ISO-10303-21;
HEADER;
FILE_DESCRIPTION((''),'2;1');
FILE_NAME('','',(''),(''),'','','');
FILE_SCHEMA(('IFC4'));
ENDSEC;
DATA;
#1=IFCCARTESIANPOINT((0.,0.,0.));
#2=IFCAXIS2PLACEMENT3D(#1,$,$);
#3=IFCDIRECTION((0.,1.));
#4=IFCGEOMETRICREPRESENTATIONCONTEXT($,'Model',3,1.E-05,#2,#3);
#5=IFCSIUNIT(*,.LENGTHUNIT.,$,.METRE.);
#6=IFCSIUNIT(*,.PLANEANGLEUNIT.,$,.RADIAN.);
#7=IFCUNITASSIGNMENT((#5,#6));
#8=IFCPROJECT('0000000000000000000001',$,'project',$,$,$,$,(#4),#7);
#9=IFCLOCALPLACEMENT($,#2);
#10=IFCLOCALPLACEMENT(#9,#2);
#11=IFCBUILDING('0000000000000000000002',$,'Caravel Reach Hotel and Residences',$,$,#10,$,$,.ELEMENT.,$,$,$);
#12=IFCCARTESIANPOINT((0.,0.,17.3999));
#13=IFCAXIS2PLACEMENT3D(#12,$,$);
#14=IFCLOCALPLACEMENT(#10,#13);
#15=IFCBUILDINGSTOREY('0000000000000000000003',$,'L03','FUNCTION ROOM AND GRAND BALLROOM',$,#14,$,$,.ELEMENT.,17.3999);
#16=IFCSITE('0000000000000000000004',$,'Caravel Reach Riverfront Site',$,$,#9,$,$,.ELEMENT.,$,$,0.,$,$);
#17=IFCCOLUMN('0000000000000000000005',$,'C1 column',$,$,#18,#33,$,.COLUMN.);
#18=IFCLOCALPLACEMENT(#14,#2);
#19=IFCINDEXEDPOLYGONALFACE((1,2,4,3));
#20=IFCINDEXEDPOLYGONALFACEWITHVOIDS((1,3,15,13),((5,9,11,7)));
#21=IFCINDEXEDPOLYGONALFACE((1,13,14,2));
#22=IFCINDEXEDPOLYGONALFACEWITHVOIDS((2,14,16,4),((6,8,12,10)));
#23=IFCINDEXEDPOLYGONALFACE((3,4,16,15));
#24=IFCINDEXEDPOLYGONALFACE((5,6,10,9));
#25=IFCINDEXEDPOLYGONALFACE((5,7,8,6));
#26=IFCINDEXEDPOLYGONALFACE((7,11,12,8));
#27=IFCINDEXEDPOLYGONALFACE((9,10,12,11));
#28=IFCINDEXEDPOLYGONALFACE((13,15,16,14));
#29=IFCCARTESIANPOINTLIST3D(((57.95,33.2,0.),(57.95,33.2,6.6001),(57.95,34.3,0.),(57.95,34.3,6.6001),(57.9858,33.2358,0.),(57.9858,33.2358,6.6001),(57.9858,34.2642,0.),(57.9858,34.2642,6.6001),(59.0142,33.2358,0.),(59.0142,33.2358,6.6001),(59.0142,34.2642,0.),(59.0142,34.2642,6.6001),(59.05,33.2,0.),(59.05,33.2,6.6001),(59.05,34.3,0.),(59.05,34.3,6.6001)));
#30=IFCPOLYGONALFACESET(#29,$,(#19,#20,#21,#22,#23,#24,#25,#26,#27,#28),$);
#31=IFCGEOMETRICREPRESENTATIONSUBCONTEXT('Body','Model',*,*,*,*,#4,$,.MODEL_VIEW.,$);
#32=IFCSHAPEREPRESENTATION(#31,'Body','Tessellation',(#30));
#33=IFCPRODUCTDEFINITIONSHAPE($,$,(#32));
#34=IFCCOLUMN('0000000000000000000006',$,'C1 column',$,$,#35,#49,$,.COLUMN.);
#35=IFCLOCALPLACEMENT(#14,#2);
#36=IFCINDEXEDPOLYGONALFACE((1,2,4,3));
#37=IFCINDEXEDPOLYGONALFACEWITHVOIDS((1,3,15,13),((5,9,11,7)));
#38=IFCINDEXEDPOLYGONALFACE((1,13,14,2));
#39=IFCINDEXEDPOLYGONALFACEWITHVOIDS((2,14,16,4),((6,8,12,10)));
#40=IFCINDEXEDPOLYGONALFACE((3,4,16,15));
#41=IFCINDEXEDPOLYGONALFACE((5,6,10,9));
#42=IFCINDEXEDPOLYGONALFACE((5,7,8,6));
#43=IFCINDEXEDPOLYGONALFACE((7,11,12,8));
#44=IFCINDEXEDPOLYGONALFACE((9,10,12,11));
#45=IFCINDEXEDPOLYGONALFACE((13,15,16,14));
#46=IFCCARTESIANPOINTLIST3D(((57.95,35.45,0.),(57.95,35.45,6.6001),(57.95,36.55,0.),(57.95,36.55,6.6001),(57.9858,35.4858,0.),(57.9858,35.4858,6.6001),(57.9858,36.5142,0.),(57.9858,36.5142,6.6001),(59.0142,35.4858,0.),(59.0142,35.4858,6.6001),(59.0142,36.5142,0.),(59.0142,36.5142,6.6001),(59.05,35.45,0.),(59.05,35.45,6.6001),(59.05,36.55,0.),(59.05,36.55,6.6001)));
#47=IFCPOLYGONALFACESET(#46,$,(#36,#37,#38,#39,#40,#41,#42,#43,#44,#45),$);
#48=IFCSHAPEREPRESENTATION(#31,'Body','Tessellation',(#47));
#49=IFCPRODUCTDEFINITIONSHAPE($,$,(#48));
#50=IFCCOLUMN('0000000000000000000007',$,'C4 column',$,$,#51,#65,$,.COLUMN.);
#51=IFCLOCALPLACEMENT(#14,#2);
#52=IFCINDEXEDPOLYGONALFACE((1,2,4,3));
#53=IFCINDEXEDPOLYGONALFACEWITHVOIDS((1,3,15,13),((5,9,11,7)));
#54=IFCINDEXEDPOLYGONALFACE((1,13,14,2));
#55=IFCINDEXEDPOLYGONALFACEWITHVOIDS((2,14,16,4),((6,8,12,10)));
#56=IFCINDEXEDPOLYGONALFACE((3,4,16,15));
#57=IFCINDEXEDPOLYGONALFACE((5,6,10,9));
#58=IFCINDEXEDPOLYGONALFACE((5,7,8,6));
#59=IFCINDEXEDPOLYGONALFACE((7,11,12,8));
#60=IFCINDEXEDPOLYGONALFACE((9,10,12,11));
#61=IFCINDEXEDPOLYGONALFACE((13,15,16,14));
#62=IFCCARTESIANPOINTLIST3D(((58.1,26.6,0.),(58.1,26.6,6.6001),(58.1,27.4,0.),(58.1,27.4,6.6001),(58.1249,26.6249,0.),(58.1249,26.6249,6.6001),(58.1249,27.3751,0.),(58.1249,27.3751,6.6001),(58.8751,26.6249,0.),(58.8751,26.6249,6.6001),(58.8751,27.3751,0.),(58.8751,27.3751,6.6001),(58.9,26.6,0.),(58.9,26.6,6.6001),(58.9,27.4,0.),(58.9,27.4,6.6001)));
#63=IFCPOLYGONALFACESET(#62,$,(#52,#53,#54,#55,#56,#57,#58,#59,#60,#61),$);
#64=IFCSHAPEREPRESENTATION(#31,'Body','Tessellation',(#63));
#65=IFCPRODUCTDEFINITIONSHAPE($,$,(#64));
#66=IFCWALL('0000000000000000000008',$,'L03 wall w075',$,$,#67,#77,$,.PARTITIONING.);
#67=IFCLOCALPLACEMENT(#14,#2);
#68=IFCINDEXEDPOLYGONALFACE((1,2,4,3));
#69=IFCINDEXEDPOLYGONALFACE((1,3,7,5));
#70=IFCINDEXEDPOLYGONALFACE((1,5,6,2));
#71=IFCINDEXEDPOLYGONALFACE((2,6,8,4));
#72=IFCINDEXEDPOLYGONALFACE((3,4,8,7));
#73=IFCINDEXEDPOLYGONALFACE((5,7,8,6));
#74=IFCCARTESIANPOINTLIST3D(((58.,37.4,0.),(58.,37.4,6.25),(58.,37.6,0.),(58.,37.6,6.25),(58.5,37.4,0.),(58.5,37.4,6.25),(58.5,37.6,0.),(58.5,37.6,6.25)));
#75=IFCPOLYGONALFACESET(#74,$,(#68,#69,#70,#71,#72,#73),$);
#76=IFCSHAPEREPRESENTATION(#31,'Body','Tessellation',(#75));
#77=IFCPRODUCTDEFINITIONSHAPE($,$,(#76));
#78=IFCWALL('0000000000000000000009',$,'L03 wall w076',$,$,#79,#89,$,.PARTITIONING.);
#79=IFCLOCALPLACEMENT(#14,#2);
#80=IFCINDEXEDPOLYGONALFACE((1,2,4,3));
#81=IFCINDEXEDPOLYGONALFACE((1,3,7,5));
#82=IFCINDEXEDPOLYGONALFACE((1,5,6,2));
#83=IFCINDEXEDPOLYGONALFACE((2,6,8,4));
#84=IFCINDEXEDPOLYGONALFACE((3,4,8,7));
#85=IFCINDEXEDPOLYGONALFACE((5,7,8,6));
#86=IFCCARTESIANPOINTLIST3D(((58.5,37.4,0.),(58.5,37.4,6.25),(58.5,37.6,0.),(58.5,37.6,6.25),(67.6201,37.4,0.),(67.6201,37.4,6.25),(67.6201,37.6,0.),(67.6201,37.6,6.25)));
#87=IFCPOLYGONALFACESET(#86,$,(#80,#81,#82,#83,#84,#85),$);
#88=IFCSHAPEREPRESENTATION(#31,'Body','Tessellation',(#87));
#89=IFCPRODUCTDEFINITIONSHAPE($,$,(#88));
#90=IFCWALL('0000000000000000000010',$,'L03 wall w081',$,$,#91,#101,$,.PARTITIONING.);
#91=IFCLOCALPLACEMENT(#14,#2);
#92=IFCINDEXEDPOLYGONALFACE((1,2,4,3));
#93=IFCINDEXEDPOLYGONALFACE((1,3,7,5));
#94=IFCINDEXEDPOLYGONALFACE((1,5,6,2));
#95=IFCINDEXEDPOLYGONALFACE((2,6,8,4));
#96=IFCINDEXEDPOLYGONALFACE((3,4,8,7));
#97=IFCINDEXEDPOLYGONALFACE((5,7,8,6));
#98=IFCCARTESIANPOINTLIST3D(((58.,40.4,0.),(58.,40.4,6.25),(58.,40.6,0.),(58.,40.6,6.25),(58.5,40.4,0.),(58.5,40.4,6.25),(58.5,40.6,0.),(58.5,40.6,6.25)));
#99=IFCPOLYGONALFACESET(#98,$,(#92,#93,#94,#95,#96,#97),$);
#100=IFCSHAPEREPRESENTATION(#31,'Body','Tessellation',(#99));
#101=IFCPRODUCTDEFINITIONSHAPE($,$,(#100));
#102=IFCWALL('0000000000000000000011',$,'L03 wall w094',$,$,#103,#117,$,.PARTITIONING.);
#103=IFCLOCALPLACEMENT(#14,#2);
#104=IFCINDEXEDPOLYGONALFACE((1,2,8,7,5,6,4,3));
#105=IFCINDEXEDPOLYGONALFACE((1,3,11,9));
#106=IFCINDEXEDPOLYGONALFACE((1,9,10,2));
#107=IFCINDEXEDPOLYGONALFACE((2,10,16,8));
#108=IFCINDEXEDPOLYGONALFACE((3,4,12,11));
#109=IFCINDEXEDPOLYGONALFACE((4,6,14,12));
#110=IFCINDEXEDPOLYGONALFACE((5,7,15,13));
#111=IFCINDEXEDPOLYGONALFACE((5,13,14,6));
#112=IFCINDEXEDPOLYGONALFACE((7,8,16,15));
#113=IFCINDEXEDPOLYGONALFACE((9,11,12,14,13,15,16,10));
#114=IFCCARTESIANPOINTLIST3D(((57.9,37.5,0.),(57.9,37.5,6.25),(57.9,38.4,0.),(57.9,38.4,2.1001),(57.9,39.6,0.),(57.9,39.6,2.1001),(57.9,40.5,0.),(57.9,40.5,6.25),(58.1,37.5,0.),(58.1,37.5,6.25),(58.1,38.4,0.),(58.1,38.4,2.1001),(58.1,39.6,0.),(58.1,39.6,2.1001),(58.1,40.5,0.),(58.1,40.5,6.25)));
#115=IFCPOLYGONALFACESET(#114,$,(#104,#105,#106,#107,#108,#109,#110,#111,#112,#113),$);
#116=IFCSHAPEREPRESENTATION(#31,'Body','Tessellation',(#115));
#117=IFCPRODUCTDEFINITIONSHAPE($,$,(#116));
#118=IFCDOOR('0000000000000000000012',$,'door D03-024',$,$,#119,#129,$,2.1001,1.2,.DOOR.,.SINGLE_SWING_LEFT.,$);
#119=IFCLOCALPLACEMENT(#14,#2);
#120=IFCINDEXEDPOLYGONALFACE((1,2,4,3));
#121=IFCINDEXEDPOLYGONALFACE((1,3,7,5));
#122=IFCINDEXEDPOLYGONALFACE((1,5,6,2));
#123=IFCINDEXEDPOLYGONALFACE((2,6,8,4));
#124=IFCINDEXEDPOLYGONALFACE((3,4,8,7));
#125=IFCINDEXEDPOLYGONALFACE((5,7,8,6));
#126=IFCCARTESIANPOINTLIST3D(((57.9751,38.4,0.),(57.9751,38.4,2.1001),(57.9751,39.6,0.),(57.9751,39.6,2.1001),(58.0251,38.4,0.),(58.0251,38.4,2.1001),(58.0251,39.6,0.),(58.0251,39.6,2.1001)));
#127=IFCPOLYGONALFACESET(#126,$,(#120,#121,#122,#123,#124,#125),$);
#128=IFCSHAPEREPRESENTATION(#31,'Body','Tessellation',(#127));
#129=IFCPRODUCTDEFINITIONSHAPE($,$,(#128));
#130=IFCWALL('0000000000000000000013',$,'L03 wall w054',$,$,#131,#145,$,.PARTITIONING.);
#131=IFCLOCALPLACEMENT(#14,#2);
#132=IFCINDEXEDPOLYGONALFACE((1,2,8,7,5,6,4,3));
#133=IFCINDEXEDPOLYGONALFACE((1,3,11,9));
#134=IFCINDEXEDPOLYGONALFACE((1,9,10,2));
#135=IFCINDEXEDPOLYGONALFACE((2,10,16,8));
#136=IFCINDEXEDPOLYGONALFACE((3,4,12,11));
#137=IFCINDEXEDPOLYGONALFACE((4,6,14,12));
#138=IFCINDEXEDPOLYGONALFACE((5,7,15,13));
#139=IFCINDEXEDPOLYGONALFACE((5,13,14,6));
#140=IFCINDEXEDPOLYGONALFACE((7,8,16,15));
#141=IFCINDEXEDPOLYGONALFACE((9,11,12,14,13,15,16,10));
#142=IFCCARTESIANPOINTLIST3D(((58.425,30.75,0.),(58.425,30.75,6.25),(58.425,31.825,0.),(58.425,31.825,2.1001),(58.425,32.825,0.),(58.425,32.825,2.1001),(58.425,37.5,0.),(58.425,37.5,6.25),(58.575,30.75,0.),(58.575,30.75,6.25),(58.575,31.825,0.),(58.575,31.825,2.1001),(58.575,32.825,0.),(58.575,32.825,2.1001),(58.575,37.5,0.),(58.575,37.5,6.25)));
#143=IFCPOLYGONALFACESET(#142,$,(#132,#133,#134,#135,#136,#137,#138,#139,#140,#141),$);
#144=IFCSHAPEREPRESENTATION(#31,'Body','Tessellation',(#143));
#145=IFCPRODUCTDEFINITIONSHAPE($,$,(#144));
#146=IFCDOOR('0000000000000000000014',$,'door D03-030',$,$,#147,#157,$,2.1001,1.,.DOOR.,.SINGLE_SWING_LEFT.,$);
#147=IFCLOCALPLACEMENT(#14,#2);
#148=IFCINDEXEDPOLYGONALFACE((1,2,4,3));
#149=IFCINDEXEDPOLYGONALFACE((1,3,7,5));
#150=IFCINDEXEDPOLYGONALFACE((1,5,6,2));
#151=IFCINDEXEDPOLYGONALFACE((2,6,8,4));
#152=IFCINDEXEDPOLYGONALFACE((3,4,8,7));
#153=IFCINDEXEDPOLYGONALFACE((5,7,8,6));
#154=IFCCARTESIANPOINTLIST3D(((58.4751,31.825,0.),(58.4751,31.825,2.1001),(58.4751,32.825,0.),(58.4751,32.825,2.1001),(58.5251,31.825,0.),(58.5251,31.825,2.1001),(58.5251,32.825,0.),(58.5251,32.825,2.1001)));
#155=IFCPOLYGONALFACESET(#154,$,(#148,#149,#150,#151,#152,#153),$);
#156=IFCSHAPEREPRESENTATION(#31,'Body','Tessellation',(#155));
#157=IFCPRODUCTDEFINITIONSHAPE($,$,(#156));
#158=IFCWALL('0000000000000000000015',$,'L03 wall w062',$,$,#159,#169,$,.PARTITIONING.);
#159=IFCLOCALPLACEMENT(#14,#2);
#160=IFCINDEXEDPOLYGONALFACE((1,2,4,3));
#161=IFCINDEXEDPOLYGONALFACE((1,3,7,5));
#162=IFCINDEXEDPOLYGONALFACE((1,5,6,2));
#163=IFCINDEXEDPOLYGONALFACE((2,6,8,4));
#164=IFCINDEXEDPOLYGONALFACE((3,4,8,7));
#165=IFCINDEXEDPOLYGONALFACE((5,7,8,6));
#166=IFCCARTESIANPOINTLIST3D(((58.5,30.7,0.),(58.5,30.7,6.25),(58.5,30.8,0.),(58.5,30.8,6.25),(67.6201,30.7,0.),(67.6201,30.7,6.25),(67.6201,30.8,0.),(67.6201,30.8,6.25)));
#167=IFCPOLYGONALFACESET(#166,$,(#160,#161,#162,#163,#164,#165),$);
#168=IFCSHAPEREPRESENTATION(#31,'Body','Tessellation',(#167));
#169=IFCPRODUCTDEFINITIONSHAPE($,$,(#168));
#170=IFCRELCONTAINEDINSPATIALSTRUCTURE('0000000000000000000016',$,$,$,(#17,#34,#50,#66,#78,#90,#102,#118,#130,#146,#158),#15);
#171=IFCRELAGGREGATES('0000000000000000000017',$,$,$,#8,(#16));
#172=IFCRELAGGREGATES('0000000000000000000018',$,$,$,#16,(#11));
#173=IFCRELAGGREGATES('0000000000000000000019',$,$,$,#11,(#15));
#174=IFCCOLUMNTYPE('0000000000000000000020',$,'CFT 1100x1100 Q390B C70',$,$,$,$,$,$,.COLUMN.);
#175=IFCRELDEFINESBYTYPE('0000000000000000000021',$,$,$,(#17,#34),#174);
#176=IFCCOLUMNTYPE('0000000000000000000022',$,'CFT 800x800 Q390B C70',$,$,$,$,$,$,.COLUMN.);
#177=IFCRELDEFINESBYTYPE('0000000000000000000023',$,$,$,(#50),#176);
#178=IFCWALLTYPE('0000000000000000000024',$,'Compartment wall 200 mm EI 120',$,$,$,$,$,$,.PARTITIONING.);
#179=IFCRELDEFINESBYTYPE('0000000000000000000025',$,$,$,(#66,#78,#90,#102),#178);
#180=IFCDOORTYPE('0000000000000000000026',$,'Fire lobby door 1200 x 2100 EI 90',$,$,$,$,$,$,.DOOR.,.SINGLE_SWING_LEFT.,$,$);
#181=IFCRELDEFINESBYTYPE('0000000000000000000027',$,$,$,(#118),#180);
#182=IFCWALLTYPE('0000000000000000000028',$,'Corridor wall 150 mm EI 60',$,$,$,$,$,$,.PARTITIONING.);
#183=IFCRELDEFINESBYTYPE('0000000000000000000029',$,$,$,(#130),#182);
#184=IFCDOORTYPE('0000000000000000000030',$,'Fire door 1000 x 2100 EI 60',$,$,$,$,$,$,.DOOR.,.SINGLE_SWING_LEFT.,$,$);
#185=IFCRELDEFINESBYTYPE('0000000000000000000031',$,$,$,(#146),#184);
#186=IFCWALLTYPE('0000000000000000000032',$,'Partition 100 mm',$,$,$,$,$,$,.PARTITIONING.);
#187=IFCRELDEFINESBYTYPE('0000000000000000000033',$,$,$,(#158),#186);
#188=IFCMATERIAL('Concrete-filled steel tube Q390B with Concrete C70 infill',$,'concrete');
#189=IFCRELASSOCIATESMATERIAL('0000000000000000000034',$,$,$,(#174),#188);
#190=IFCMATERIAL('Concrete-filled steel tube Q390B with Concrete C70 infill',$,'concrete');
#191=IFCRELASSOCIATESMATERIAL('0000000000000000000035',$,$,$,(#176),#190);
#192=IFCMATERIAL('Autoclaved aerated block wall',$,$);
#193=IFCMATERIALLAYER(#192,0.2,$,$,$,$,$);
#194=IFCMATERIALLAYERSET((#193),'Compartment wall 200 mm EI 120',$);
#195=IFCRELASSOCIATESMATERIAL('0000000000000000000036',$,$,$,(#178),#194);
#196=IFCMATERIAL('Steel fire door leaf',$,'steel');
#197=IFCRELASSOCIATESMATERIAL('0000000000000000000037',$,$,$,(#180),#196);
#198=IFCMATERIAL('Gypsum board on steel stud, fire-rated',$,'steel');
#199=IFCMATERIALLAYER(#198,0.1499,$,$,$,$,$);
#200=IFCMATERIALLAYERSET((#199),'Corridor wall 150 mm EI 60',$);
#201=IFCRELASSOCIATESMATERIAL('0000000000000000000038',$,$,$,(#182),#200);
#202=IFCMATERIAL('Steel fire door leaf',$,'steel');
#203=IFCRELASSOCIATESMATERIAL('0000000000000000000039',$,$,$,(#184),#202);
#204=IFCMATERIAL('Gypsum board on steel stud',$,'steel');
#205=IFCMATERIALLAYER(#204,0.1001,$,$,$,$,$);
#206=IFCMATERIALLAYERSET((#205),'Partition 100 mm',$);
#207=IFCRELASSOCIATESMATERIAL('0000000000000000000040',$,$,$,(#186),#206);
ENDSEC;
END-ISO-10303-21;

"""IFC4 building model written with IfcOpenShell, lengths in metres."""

from ifc_helpers import new_model, si_unit, direction, frame, frame_2d, origin, origin_2d, place, context, subcontext, project, spatial, rectangle, hollow_rectangle, extrude, material, layer, layer_set, material_profile, profile_set, type_object, element, fill, save


model = new_model("IFC4")

# Units and contexts
model_context = context("Model", 3, precision=1e-05, world=origin(), true_north=direction((0.0, 1.0)))
body_context = subcontext(model_context, "Body", "Model", "MODEL_VIEW")
ifc_project = project(units=[si_unit("LENGTHUNIT", "METRE"), si_unit("PLANEANGLEUNIT", "RADIAN")], contexts=[model_context])

# Site, building, storey
site_placement = place(None, origin())
site = spatial("IfcSite", under=ifc_project, at=site_placement, Name="Caravel Reach Riverfront Site", CompositionType="ELEMENT", RefElevation=0.0)
building_placement = place(site_placement, origin())
building = spatial("IfcBuilding", under=site, at=building_placement, Name="Caravel Reach Hotel and Residences", CompositionType="ELEMENT")
storey_placement = place(building_placement, frame((0.0, 0.0, 17.3999)))
storey = spatial("IfcBuildingStorey", under=building, at=storey_placement, Name="L03", Description="FUNCTION ROOM AND GRAND BALLROOM", CompositionType="ELEMENT", Elevation=17.3999)

# Columns
ifc_material_1 = material(Name="Concrete-filled steel tube Q390B with Concrete C70 infill", Category="concrete")
ifc_material_profile_1 = material_profile(ifc_material_1, hollow_rectangle(XDim=1.1001, YDim=1.1001, WallThickness=0.0359, at=origin_2d()), Name="RHS 1100x1100x36")
ifc_profile_set_1 = profile_set([ifc_material_profile_1], Name="Concrete-filled steel tube Q390B with Concrete C70 infill")
column_type_1 = type_object("IfcColumnType", Name="CFT 1100x1100 Q390B C70", PredefinedType="COLUMN", material=ifc_profile_set_1)
for number, where, z_axis, x_axis, name in (
    (1, (58.5, 33.75, 0.0), (0.0, 0.0, 1.0), (1.0, 0.0, 0.0), "C1 column"),
    (2, (58.5, 36.0, 0.0), (0.0, 0.0, 1.0), (1.0, 0.0, 0.0), "C1 column"),
):
    element("IfcColumn", number, at=place(storey_placement, frame(where, z_axis=z_axis, x_axis=x_axis)), inside=storey, type_object=column_type_1, Name=name, PredefinedType="COLUMN", context=body_context, shape_type="SweptSolid", body=[
        extrude(hollow_rectangle(XDim=1.1001, YDim=1.1001, WallThickness=0.0359, at=origin_2d()), origin(), (0.0, 0.0, 1.0), 6.6001),
    ])
ifc_material_2 = material(Name="Concrete-filled steel tube Q390B with Concrete C70 infill", Category="concrete")
ifc_material_profile_2 = material_profile(ifc_material_2, hollow_rectangle(XDim=0.8, YDim=0.8, WallThickness=0.0249, at=origin_2d()), Name="RHS 800x800x25")
ifc_profile_set_2 = profile_set([ifc_material_profile_2], Name="Concrete-filled steel tube Q390B with Concrete C70 infill")
column_type_2 = type_object("IfcColumnType", Name="CFT 800x800 Q390B C70", PredefinedType="COLUMN", material=ifc_profile_set_2)
column_placement = place(storey_placement, frame((58.5, 27.0, 0.0), z_axis=(0.0, 0.0, 1.0), x_axis=(1.0, 0.0, 0.0)))
element("IfcColumn", 3, at=column_placement, inside=storey, type_object=column_type_2, Name="C4 column", PredefinedType="COLUMN", context=body_context, shape_type="SweptSolid", body=[
    extrude(hollow_rectangle(XDim=0.8, YDim=0.8, WallThickness=0.0249, at=origin_2d()), origin(), (0.0, 0.0, 1.0), 6.6001),
])

# Walls
ifc_material_3 = material(Name="Autoclaved aerated block wall")
ifc_layer_1 = layer(ifc_material_3, 0.2)
ifc_layer_set_1 = layer_set([ifc_layer_1], Name="Compartment wall 200 mm EI 120")
wall_type_1 = type_object("IfcWallType", Name="Compartment wall 200 mm EI 120", PredefinedType="PARTITIONING", material=ifc_layer_set_1)
wall_1_placement = place(storey_placement, frame((58.0, 37.5, 0.0), z_axis=(0.0, 0.0, 1.0), x_axis=(1.0, 0.0, 0.0)))
element("IfcWall", 4, at=wall_1_placement, inside=storey, type_object=wall_type_1, Name="L03 wall w075", PredefinedType="PARTITIONING", context=body_context, shape_type="SweptSolid", body=[
    extrude(rectangle(XDim=0.5, YDim=0.2, at=frame_2d((0.25, 0.0))), origin(), (0.0, 0.0, 1.0), 6.25),
])
wall_2_placement = place(storey_placement, frame((58.5, 37.5, 0.0), z_axis=(0.0, 0.0, 1.0), x_axis=(1.0, 0.0, 0.0)))
element("IfcWall", 5, at=wall_2_placement, inside=storey, type_object=wall_type_1, Name="L03 wall w076", PredefinedType="PARTITIONING", context=body_context, shape_type="SweptSolid", body=[
    extrude(rectangle(XDim=9.1201, YDim=0.2, at=frame_2d((4.5601, 0.0))), origin(), (0.0, 0.0, 1.0), 6.25),
])
wall_3_placement = place(storey_placement, frame((58.0, 40.5, 0.0), z_axis=(0.0, 0.0, 1.0), x_axis=(1.0, 0.0, 0.0)))
element("IfcWall", 6, at=wall_3_placement, inside=storey, type_object=wall_type_1, Name="L03 wall w081", PredefinedType="PARTITIONING", context=body_context, shape_type="SweptSolid", body=[
    extrude(rectangle(XDim=0.5, YDim=0.2, at=frame_2d((0.25, 0.0))), origin(), (0.0, 0.0, 1.0), 6.25),
])

# Walls, openings, doors
wall_4_placement = place(storey_placement, frame((58.0, 37.5, 0.0), z_axis=(0.0, 0.0, 1.0), x_axis=(0.0, 1.0, 0.0)))
wall_4 = element("IfcWall", 7, at=wall_4_placement, inside=storey, type_object=wall_type_1, Name="L03 wall w094", PredefinedType="PARTITIONING", context=body_context, shape_type="SweptSolid", body=[
    extrude(rectangle(XDim=3.0, YDim=0.2, at=frame_2d((1.5, 0.0))), origin(), (0.0, 0.0, 1.0), 6.25),
])
opening_1_placement = place(wall_4_placement, frame((0.8999, 0.0, 0.0)))
opening_1 = element("IfcOpeningElement", 8, at=opening_1_placement, cuts=wall_4, PredefinedType="OPENING", context=body_context, shape_type="SweptSolid", body=[
    extrude(rectangle(XDim=1.2, YDim=2.1001, at=frame_2d((0.6001, 1.05))), frame((0.0, 0.1099, 0.0), z_axis=(0.0, -1.0, 0.0), x_axis=(1.0, 0.0, 0.0)), (0.0, 0.0, 1.0), 0.22),
])
ifc_material_4 = material(Name="Steel fire door leaf", Category="steel")
door_type_1 = type_object("IfcDoorType", Name="Fire lobby door 1200 x 2100 EI 90", OperationType="SINGLE_SWING_LEFT", PredefinedType="DOOR", material=ifc_material_4)
door_1_placement = place(opening_1_placement, origin())
door_1 = element("IfcDoor", 9, at=door_1_placement, inside=storey, type_object=door_type_1, Name="door D03-024", OperationType="SINGLE_SWING_LEFT", OverallHeight=2.1001, OverallWidth=1.2, PredefinedType="DOOR", context=body_context, shape_type="SweptSolid", body=[
    extrude(rectangle(XDim=1.2, YDim=2.1001, at=frame_2d((0.6001, 1.05))), frame((0.0, 0.0249, 0.0), z_axis=(0.0, -1.0, 0.0), x_axis=(1.0, 0.0, 0.0)), (0.0, 0.0, 1.0), 0.05),
])
fill(opening_1, door_1)
ifc_material_5 = material(Name="Gypsum board on steel stud, fire-rated", Category="steel")
ifc_layer_2 = layer(ifc_material_5, 0.1499)
ifc_layer_set_2 = layer_set([ifc_layer_2], Name="Corridor wall 150 mm EI 60")
wall_type_2 = type_object("IfcWallType", Name="Corridor wall 150 mm EI 60", PredefinedType="PARTITIONING", material=ifc_layer_set_2)
wall_5_placement = place(storey_placement, frame((58.5, 30.75, 0.0), z_axis=(0.0, 0.0, 1.0), x_axis=(0.0, 1.0, 0.0)))
wall_5 = element("IfcWall", 10, at=wall_5_placement, inside=storey, type_object=wall_type_2, Name="L03 wall w054", PredefinedType="PARTITIONING", context=body_context, shape_type="SweptSolid", body=[
    extrude(rectangle(XDim=6.75, YDim=0.1499, at=frame_2d((3.375, 0.0))), origin(), (0.0, 0.0, 1.0), 6.25),
])
opening_2_placement = place(wall_5_placement, frame((1.075, 0.0, 0.0)))
opening_2 = element("IfcOpeningElement", 11, at=opening_2_placement, cuts=wall_5, PredefinedType="OPENING", context=body_context, shape_type="SweptSolid", body=[
    extrude(rectangle(XDim=1.0, YDim=2.1001, at=frame_2d((0.5, 1.05))), frame((0.0, 0.085, 0.0), z_axis=(0.0, -1.0, 0.0), x_axis=(1.0, 0.0, 0.0)), (0.0, 0.0, 1.0), 0.1699),
])
ifc_material_6 = material(Name="Steel fire door leaf", Category="steel")
door_type_2 = type_object("IfcDoorType", Name="Fire door 1000 x 2100 EI 60", OperationType="SINGLE_SWING_LEFT", PredefinedType="DOOR", material=ifc_material_6)
door_2_placement = place(opening_2_placement, origin())
door_2 = element("IfcDoor", 12, at=door_2_placement, inside=storey, type_object=door_type_2, Name="door D03-030", OperationType="SINGLE_SWING_LEFT", OverallHeight=2.1001, OverallWidth=1.0, PredefinedType="DOOR", context=body_context, shape_type="SweptSolid", body=[
    extrude(rectangle(XDim=1.0, YDim=2.1001, at=frame_2d((0.5, 1.05))), frame((0.0, 0.0249, 0.0), z_axis=(0.0, -1.0, 0.0), x_axis=(1.0, 0.0, 0.0)), (0.0, 0.0, 1.0), 0.05),
])
fill(opening_2, door_2)

# Wall
ifc_material_7 = material(Name="Gypsum board on steel stud", Category="steel")
ifc_layer_3 = layer(ifc_material_7, 0.1001)
ifc_layer_set_3 = layer_set([ifc_layer_3], Name="Partition 100 mm")
wall_type_3 = type_object("IfcWallType", Name="Partition 100 mm", PredefinedType="PARTITIONING", material=ifc_layer_set_3)
wall_6_placement = place(storey_placement, frame((58.5, 30.75, 0.0), z_axis=(0.0, 0.0, 1.0), x_axis=(1.0, 0.0, 0.0)))
element("IfcWall", 13, at=wall_6_placement, inside=storey, type_object=wall_type_3, Name="L03 wall w062", PredefinedType="PARTITIONING", context=body_context, shape_type="SweptSolid", body=[
    extrude(rectangle(XDim=9.1201, YDim=0.1001, at=frame_2d((4.5601, 0.0))), origin(), (0.0, 0.0, 1.0), 6.25),
])

save(model, "model.ifc")
